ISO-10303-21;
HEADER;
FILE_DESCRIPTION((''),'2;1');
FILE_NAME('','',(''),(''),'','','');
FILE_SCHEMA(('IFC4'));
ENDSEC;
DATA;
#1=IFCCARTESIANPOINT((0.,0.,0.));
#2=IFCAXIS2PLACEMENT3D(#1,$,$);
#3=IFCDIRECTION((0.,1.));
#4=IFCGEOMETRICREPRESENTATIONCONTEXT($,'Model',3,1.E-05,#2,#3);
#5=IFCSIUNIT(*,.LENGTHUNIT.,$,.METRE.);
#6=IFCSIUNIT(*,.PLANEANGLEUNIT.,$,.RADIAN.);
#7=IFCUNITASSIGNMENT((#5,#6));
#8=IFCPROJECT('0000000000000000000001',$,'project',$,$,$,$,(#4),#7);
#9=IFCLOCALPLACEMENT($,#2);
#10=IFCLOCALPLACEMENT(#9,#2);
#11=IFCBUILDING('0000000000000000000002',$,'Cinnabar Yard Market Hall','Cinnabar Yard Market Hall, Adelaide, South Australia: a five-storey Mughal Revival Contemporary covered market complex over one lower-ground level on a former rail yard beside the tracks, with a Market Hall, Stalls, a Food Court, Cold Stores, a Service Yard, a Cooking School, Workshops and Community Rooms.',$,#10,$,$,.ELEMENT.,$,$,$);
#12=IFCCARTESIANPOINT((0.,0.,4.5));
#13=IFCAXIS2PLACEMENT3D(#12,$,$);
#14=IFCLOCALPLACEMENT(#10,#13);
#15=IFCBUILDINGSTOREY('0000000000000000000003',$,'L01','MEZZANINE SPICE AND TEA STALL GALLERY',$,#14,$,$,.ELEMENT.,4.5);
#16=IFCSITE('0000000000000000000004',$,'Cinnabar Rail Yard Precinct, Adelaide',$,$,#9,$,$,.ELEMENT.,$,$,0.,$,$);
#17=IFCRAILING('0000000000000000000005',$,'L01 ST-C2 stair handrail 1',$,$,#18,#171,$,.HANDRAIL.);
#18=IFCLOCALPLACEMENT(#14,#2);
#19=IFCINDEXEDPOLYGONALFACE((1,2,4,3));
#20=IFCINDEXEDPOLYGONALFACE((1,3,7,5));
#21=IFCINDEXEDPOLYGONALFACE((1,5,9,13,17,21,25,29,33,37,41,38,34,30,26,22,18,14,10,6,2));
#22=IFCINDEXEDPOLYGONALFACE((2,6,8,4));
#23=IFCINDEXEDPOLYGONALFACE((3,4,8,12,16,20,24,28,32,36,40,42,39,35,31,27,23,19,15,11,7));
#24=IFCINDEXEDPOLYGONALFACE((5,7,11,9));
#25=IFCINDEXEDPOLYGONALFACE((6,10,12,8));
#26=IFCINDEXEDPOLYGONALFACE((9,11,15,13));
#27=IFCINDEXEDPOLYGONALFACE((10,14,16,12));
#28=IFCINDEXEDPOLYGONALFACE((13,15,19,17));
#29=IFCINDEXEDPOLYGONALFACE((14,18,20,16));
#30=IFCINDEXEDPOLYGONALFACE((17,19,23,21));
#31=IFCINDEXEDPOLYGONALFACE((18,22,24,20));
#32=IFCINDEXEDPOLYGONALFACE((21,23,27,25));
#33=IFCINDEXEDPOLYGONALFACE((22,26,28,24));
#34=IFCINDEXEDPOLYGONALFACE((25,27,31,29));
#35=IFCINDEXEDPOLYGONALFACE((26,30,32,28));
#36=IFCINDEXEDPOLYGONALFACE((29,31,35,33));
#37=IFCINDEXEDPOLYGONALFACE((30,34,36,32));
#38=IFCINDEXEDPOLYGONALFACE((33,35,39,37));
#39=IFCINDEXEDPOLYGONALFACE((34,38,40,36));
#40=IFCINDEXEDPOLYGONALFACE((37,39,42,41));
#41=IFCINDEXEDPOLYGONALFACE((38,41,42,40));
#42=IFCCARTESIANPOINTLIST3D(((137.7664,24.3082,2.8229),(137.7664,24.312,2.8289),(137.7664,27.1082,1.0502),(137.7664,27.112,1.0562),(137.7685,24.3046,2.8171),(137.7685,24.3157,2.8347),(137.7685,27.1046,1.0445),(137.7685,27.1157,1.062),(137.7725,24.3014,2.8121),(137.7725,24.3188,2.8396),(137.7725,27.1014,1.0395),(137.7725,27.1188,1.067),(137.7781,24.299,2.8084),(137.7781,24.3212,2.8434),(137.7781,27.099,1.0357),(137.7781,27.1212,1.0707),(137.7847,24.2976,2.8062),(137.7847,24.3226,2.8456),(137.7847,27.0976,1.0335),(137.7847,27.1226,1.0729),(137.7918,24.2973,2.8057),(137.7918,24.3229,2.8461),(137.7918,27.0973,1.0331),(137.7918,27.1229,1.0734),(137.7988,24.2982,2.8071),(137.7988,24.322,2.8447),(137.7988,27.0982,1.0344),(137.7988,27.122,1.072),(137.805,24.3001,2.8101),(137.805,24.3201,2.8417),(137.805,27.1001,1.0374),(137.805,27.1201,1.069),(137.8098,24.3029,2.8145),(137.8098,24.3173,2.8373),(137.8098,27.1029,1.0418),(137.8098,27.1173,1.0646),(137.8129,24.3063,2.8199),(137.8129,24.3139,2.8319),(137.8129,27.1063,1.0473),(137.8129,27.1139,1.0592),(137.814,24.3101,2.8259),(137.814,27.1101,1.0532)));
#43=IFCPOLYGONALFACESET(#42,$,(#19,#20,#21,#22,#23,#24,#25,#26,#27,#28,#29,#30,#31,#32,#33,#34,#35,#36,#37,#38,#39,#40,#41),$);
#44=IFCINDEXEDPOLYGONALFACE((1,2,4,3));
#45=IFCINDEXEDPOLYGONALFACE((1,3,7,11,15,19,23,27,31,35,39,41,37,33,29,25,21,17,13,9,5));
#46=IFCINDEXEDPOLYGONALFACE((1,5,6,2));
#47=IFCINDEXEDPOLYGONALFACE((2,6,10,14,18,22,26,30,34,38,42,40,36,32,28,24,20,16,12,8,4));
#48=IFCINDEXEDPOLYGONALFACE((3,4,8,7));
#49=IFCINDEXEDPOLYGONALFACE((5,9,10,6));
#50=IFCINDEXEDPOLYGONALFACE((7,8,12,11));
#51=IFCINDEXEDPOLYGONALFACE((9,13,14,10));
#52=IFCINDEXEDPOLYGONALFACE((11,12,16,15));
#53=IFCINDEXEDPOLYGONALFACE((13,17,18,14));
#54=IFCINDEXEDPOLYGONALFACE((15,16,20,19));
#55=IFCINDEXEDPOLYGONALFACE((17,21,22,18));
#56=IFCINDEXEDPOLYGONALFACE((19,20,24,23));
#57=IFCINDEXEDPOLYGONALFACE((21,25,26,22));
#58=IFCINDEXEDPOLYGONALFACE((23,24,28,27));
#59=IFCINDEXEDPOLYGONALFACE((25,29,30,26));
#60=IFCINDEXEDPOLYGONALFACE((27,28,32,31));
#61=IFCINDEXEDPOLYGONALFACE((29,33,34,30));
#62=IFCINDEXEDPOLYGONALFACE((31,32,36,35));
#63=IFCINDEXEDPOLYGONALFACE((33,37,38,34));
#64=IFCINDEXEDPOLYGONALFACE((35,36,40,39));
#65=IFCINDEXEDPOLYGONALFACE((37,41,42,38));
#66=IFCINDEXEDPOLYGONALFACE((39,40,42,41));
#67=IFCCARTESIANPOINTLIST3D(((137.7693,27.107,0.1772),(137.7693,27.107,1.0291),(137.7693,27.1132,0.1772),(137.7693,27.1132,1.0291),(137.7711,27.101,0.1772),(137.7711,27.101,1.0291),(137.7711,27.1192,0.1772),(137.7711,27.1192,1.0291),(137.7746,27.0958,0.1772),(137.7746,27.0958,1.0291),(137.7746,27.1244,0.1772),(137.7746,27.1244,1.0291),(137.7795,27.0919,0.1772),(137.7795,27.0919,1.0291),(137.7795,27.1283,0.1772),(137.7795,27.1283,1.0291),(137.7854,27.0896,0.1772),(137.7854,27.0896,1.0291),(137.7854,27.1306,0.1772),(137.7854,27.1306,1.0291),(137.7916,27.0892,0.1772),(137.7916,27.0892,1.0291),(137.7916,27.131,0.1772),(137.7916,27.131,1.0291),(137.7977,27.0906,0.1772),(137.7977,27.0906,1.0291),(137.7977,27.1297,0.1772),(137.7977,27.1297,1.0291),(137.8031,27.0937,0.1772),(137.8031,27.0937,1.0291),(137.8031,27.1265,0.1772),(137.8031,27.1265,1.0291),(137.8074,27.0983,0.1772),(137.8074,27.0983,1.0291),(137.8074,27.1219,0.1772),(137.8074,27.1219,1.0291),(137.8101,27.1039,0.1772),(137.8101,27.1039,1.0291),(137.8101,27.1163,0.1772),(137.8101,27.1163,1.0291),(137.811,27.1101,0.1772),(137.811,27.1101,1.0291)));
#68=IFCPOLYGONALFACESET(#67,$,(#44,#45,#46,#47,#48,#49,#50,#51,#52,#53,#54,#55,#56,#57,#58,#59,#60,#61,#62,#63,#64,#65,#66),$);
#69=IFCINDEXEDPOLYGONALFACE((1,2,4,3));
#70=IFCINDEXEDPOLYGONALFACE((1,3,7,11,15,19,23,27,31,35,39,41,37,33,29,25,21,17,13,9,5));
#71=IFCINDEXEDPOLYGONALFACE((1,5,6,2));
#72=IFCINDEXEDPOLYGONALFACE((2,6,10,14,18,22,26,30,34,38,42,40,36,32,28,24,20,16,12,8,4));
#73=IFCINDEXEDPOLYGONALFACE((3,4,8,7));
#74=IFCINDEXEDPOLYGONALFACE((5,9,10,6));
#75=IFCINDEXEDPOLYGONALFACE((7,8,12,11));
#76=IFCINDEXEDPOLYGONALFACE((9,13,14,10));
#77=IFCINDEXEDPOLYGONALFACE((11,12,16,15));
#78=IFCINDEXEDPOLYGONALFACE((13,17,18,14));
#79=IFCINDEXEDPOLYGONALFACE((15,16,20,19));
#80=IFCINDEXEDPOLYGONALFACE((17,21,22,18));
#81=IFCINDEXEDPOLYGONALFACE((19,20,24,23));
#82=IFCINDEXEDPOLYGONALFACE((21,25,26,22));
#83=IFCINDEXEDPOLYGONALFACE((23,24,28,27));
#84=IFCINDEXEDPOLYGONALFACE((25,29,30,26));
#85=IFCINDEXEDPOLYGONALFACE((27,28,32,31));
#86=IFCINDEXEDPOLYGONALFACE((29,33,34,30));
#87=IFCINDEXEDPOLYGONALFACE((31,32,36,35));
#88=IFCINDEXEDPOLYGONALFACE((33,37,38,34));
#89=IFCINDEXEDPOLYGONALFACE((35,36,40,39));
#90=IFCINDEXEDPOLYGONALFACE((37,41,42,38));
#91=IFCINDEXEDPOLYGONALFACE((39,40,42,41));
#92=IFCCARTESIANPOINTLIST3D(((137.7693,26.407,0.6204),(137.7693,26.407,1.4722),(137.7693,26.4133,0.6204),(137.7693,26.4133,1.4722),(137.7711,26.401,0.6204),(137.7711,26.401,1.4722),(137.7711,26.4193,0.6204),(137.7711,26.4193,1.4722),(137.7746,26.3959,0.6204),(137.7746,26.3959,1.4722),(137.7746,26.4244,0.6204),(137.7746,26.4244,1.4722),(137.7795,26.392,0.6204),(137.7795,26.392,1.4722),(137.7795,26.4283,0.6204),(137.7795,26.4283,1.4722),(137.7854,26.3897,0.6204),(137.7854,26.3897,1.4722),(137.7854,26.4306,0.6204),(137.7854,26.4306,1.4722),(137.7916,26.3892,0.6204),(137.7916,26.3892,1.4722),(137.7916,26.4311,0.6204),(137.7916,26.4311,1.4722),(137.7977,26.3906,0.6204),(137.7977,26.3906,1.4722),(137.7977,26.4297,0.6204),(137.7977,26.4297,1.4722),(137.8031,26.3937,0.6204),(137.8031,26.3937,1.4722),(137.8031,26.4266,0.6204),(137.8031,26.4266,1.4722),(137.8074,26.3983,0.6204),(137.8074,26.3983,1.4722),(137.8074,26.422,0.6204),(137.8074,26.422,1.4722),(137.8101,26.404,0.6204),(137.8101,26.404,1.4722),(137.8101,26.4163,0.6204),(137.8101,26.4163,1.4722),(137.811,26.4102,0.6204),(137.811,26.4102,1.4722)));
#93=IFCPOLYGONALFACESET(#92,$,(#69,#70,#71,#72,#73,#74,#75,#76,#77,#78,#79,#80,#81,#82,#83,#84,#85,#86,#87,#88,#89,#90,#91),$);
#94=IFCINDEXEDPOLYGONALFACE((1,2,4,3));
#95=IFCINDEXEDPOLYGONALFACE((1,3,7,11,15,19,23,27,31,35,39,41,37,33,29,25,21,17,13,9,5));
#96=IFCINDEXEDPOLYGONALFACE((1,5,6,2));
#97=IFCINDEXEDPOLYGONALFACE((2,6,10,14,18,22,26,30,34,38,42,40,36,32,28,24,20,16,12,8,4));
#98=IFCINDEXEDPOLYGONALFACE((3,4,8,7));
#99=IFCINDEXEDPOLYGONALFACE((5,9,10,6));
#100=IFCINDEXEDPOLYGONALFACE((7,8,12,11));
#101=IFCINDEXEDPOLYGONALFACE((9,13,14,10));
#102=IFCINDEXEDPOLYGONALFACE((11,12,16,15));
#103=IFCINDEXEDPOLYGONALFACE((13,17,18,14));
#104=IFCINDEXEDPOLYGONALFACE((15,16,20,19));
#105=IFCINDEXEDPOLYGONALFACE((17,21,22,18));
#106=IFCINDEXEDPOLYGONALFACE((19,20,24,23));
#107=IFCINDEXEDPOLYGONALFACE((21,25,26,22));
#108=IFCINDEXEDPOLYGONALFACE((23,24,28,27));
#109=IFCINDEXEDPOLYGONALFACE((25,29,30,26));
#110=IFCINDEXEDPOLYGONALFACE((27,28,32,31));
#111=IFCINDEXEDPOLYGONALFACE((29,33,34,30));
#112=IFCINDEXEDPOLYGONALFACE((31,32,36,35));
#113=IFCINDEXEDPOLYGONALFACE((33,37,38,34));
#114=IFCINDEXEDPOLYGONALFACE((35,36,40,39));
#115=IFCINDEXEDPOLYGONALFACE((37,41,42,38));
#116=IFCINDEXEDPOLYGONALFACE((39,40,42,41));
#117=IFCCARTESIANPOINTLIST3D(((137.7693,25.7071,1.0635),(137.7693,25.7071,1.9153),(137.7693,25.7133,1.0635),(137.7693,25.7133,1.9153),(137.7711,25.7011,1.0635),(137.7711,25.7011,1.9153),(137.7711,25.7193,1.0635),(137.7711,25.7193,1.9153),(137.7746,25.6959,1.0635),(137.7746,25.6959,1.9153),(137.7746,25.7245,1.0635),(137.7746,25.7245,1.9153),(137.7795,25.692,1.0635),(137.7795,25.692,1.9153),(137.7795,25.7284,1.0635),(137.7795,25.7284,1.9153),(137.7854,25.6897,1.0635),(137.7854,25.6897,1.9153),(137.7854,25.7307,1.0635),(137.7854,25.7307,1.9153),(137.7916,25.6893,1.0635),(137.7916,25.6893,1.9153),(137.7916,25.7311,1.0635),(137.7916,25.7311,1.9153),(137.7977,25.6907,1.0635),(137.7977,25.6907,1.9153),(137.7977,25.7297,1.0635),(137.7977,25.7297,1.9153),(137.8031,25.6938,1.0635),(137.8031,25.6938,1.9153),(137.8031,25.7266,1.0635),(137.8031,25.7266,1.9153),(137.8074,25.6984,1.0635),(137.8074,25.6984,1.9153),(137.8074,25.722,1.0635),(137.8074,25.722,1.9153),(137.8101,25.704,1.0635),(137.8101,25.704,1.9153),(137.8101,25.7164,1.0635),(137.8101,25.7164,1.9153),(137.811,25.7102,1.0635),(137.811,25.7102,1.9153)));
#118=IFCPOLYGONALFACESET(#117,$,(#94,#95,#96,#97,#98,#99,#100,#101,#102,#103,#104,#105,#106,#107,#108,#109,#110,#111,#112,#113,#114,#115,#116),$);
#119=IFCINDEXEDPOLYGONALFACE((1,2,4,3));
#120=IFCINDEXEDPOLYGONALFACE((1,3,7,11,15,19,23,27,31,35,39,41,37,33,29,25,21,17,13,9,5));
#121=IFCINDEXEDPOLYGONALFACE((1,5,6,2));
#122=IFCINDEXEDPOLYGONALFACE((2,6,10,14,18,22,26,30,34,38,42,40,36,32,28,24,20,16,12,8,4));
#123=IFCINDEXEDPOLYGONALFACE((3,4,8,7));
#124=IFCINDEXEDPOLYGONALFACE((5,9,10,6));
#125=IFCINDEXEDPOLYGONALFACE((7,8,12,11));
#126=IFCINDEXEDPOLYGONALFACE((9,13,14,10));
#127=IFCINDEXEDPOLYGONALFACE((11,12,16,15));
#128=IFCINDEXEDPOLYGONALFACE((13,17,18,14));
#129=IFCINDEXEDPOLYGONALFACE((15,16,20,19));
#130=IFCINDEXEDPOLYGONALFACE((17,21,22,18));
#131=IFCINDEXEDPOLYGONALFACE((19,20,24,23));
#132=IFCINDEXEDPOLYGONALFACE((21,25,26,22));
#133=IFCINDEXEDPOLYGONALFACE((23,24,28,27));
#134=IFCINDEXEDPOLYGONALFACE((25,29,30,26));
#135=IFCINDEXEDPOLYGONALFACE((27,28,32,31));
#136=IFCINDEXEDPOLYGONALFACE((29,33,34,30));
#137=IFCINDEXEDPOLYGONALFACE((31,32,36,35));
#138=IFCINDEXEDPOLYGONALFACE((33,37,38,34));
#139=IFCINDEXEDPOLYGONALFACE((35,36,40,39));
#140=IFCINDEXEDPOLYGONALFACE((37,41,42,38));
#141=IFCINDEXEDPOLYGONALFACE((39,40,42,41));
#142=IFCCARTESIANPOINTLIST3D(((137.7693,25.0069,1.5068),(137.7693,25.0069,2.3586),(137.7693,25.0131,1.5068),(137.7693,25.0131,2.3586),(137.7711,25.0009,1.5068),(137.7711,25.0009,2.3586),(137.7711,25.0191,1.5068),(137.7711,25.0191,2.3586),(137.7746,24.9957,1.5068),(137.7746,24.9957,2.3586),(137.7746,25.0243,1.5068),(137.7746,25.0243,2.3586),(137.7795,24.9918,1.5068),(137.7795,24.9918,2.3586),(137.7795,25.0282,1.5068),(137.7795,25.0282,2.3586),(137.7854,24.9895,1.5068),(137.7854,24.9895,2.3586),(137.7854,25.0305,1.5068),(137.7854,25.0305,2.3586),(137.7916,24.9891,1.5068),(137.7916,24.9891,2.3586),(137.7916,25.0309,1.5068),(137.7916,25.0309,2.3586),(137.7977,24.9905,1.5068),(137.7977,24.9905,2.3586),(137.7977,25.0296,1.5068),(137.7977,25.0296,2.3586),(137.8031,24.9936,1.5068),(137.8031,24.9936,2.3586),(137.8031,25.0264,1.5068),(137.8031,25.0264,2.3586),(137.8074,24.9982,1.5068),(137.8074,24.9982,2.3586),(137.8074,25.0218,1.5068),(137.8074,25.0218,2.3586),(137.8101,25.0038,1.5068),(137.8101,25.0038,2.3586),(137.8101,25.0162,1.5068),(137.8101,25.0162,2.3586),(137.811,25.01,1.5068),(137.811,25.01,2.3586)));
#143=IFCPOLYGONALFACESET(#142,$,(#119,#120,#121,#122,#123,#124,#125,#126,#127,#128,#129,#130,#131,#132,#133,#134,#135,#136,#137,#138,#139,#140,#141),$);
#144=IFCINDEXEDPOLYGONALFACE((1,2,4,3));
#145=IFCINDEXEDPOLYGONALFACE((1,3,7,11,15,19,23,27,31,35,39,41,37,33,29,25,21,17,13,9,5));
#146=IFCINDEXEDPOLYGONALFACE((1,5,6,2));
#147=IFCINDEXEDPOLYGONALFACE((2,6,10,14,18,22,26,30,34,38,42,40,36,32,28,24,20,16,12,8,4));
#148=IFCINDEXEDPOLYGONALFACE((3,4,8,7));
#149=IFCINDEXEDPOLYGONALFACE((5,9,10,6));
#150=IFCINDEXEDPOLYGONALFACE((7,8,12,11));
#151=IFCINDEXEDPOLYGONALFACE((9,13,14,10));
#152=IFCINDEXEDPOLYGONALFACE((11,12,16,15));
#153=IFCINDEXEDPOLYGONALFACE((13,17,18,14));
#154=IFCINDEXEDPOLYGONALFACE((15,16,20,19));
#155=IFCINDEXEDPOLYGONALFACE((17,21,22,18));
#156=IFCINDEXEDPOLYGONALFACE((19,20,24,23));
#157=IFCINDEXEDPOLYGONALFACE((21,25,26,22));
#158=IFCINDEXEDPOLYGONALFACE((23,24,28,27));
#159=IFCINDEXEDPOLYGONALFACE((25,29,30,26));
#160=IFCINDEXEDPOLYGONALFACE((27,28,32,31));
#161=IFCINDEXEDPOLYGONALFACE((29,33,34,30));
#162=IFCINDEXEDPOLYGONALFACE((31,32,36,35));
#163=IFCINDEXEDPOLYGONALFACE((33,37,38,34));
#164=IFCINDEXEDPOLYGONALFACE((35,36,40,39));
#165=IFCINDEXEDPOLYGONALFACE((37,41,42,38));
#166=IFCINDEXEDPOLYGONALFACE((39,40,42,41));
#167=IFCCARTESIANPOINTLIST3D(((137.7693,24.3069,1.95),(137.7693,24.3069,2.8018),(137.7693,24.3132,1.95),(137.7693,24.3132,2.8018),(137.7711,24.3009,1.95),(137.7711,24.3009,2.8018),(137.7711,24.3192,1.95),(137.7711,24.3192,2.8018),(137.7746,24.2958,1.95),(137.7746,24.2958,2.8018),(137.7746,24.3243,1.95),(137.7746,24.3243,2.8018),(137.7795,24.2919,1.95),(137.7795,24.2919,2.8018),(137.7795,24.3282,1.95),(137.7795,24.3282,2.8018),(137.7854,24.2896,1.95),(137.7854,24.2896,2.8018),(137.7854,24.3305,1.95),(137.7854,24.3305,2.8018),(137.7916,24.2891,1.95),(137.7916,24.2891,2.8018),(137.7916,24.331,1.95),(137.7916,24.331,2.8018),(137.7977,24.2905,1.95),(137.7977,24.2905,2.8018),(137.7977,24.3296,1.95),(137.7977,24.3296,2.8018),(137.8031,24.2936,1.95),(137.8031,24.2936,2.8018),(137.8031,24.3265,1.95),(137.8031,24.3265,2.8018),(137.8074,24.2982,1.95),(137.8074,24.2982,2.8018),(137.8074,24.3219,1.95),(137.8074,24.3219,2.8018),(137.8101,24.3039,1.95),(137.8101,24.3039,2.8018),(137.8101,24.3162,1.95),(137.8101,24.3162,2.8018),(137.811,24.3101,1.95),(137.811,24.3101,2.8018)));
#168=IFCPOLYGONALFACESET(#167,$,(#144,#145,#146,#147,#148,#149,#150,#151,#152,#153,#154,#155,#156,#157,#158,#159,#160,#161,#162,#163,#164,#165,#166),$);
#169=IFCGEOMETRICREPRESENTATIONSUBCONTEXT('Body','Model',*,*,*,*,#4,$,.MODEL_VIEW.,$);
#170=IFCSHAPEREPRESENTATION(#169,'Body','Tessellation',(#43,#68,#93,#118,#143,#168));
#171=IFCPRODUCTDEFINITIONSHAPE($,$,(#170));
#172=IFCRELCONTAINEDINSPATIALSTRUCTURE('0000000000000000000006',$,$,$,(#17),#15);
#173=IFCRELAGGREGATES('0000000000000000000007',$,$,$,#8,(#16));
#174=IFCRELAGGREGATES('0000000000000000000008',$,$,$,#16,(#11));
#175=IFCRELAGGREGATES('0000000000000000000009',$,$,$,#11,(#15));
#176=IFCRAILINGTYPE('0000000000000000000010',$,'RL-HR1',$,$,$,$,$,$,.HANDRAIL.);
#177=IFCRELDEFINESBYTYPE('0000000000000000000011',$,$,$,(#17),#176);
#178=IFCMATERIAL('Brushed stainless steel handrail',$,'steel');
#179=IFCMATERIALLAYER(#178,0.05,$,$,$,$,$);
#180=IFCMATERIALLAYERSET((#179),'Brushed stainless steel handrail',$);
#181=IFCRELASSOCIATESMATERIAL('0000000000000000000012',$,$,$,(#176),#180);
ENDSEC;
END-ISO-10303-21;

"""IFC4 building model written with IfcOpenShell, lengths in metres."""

from ifc_helpers import new_model, si_unit, direction, frame, origin, origin_2d_with_axis, place, context, subcontext, project, spatial, circle, extrude, material, layer, layer_set, type_object, element, save


model = new_model("IFC4")

# Units and contexts
model_context = context("Model", 3, precision=1e-05, world=origin(), true_north=direction((0.0, 1.0)))
body_context = subcontext(model_context, "Body", "Model", "MODEL_VIEW")
ifc_project = project(units=[si_unit("LENGTHUNIT", "METRE"), si_unit("PLANEANGLEUNIT", "RADIAN")], contexts=[model_context])

# Site, building, storey
site_placement = place(None, origin())
site = spatial("IfcSite", under=ifc_project, at=site_placement, Name="Cinnabar Rail Yard Precinct, Adelaide", CompositionType="ELEMENT", RefElevation=0.0)
building_placement = place(site_placement, origin())
building = spatial("IfcBuilding", under=site, at=building_placement, Name="Cinnabar Yard Market Hall", Description="Cinnabar Yard Market Hall, Adelaide, South Australia: a five-storey Mughal Revival Contemporary covered market complex over one lower-ground level on a former rail yard beside the tracks, with a Market Hall, Stalls, a Food Court, Cold Stores, a Service Yard, a Cooking School, Workshops and Community Rooms.", CompositionType="ELEMENT")
storey_placement = place(building_placement, frame((0.0, 0.0, 4.5)))
storey = spatial("IfcBuildingStorey", under=building, at=storey_placement, Name="L01", Description="MEZZANINE SPICE AND TEA STALL GALLERY", CompositionType="ELEMENT", Elevation=4.5)

# Railing
ifc_material_1 = material(Name="Brushed stainless steel handrail", Category="steel")
ifc_layer_1 = layer(ifc_material_1, 0.05)
ifc_layer_set_1 = layer_set([ifc_layer_1], Name="Brushed stainless steel handrail")
railing_type_1 = type_object("IfcRailingType", Name="RL-HR1", PredefinedType="HANDRAIL", material=ifc_layer_set_1)
railing_1_placement = place(storey_placement, frame((137.79, 27.1101, 0.1772)))
element("IfcRailing", 1, at=railing_1_placement, inside=storey, type_object=railing_type_1, Name="L01 ST-C2 stair handrail 1", PredefinedType="HANDRAIL", context=body_context, shape_type="SweptSolid", body=[
    extrude(circle(Radius=0.0239, at=origin_2d_with_axis()), frame((0.0, 0.0, 0.876), z_axis=(0.0, -0.844909, 0.53491), x_axis=(1.0, 0.0, 0.0)), (0.0, 0.0, 1.0), 3.314),
    extrude(circle(Radius=0.021, at=origin_2d_with_axis()), origin(), (0.0, 0.0, 1.0), 0.8518),
    extrude(circle(Radius=0.021, at=origin_2d_with_axis()), frame((0.0, -0.7, 0.4431)), (0.0, 0.0, 1.0), 0.8518),
    extrude(circle(Radius=0.021, at=origin_2d_with_axis()), frame((0.0, -1.3999, 0.8862)), (0.0, 0.0, 1.0), 0.8518),
    extrude(circle(Radius=0.021, at=origin_2d_with_axis()), frame((0.0, -2.1001, 1.3296)), (0.0, 0.0, 1.0), 0.8518),
    extrude(circle(Radius=0.021, at=origin_2d_with_axis()), frame((0.0, -2.8, 1.7727)), (0.0, 0.0, 1.0), 0.8518),
])

save(model, "model.ifc")
